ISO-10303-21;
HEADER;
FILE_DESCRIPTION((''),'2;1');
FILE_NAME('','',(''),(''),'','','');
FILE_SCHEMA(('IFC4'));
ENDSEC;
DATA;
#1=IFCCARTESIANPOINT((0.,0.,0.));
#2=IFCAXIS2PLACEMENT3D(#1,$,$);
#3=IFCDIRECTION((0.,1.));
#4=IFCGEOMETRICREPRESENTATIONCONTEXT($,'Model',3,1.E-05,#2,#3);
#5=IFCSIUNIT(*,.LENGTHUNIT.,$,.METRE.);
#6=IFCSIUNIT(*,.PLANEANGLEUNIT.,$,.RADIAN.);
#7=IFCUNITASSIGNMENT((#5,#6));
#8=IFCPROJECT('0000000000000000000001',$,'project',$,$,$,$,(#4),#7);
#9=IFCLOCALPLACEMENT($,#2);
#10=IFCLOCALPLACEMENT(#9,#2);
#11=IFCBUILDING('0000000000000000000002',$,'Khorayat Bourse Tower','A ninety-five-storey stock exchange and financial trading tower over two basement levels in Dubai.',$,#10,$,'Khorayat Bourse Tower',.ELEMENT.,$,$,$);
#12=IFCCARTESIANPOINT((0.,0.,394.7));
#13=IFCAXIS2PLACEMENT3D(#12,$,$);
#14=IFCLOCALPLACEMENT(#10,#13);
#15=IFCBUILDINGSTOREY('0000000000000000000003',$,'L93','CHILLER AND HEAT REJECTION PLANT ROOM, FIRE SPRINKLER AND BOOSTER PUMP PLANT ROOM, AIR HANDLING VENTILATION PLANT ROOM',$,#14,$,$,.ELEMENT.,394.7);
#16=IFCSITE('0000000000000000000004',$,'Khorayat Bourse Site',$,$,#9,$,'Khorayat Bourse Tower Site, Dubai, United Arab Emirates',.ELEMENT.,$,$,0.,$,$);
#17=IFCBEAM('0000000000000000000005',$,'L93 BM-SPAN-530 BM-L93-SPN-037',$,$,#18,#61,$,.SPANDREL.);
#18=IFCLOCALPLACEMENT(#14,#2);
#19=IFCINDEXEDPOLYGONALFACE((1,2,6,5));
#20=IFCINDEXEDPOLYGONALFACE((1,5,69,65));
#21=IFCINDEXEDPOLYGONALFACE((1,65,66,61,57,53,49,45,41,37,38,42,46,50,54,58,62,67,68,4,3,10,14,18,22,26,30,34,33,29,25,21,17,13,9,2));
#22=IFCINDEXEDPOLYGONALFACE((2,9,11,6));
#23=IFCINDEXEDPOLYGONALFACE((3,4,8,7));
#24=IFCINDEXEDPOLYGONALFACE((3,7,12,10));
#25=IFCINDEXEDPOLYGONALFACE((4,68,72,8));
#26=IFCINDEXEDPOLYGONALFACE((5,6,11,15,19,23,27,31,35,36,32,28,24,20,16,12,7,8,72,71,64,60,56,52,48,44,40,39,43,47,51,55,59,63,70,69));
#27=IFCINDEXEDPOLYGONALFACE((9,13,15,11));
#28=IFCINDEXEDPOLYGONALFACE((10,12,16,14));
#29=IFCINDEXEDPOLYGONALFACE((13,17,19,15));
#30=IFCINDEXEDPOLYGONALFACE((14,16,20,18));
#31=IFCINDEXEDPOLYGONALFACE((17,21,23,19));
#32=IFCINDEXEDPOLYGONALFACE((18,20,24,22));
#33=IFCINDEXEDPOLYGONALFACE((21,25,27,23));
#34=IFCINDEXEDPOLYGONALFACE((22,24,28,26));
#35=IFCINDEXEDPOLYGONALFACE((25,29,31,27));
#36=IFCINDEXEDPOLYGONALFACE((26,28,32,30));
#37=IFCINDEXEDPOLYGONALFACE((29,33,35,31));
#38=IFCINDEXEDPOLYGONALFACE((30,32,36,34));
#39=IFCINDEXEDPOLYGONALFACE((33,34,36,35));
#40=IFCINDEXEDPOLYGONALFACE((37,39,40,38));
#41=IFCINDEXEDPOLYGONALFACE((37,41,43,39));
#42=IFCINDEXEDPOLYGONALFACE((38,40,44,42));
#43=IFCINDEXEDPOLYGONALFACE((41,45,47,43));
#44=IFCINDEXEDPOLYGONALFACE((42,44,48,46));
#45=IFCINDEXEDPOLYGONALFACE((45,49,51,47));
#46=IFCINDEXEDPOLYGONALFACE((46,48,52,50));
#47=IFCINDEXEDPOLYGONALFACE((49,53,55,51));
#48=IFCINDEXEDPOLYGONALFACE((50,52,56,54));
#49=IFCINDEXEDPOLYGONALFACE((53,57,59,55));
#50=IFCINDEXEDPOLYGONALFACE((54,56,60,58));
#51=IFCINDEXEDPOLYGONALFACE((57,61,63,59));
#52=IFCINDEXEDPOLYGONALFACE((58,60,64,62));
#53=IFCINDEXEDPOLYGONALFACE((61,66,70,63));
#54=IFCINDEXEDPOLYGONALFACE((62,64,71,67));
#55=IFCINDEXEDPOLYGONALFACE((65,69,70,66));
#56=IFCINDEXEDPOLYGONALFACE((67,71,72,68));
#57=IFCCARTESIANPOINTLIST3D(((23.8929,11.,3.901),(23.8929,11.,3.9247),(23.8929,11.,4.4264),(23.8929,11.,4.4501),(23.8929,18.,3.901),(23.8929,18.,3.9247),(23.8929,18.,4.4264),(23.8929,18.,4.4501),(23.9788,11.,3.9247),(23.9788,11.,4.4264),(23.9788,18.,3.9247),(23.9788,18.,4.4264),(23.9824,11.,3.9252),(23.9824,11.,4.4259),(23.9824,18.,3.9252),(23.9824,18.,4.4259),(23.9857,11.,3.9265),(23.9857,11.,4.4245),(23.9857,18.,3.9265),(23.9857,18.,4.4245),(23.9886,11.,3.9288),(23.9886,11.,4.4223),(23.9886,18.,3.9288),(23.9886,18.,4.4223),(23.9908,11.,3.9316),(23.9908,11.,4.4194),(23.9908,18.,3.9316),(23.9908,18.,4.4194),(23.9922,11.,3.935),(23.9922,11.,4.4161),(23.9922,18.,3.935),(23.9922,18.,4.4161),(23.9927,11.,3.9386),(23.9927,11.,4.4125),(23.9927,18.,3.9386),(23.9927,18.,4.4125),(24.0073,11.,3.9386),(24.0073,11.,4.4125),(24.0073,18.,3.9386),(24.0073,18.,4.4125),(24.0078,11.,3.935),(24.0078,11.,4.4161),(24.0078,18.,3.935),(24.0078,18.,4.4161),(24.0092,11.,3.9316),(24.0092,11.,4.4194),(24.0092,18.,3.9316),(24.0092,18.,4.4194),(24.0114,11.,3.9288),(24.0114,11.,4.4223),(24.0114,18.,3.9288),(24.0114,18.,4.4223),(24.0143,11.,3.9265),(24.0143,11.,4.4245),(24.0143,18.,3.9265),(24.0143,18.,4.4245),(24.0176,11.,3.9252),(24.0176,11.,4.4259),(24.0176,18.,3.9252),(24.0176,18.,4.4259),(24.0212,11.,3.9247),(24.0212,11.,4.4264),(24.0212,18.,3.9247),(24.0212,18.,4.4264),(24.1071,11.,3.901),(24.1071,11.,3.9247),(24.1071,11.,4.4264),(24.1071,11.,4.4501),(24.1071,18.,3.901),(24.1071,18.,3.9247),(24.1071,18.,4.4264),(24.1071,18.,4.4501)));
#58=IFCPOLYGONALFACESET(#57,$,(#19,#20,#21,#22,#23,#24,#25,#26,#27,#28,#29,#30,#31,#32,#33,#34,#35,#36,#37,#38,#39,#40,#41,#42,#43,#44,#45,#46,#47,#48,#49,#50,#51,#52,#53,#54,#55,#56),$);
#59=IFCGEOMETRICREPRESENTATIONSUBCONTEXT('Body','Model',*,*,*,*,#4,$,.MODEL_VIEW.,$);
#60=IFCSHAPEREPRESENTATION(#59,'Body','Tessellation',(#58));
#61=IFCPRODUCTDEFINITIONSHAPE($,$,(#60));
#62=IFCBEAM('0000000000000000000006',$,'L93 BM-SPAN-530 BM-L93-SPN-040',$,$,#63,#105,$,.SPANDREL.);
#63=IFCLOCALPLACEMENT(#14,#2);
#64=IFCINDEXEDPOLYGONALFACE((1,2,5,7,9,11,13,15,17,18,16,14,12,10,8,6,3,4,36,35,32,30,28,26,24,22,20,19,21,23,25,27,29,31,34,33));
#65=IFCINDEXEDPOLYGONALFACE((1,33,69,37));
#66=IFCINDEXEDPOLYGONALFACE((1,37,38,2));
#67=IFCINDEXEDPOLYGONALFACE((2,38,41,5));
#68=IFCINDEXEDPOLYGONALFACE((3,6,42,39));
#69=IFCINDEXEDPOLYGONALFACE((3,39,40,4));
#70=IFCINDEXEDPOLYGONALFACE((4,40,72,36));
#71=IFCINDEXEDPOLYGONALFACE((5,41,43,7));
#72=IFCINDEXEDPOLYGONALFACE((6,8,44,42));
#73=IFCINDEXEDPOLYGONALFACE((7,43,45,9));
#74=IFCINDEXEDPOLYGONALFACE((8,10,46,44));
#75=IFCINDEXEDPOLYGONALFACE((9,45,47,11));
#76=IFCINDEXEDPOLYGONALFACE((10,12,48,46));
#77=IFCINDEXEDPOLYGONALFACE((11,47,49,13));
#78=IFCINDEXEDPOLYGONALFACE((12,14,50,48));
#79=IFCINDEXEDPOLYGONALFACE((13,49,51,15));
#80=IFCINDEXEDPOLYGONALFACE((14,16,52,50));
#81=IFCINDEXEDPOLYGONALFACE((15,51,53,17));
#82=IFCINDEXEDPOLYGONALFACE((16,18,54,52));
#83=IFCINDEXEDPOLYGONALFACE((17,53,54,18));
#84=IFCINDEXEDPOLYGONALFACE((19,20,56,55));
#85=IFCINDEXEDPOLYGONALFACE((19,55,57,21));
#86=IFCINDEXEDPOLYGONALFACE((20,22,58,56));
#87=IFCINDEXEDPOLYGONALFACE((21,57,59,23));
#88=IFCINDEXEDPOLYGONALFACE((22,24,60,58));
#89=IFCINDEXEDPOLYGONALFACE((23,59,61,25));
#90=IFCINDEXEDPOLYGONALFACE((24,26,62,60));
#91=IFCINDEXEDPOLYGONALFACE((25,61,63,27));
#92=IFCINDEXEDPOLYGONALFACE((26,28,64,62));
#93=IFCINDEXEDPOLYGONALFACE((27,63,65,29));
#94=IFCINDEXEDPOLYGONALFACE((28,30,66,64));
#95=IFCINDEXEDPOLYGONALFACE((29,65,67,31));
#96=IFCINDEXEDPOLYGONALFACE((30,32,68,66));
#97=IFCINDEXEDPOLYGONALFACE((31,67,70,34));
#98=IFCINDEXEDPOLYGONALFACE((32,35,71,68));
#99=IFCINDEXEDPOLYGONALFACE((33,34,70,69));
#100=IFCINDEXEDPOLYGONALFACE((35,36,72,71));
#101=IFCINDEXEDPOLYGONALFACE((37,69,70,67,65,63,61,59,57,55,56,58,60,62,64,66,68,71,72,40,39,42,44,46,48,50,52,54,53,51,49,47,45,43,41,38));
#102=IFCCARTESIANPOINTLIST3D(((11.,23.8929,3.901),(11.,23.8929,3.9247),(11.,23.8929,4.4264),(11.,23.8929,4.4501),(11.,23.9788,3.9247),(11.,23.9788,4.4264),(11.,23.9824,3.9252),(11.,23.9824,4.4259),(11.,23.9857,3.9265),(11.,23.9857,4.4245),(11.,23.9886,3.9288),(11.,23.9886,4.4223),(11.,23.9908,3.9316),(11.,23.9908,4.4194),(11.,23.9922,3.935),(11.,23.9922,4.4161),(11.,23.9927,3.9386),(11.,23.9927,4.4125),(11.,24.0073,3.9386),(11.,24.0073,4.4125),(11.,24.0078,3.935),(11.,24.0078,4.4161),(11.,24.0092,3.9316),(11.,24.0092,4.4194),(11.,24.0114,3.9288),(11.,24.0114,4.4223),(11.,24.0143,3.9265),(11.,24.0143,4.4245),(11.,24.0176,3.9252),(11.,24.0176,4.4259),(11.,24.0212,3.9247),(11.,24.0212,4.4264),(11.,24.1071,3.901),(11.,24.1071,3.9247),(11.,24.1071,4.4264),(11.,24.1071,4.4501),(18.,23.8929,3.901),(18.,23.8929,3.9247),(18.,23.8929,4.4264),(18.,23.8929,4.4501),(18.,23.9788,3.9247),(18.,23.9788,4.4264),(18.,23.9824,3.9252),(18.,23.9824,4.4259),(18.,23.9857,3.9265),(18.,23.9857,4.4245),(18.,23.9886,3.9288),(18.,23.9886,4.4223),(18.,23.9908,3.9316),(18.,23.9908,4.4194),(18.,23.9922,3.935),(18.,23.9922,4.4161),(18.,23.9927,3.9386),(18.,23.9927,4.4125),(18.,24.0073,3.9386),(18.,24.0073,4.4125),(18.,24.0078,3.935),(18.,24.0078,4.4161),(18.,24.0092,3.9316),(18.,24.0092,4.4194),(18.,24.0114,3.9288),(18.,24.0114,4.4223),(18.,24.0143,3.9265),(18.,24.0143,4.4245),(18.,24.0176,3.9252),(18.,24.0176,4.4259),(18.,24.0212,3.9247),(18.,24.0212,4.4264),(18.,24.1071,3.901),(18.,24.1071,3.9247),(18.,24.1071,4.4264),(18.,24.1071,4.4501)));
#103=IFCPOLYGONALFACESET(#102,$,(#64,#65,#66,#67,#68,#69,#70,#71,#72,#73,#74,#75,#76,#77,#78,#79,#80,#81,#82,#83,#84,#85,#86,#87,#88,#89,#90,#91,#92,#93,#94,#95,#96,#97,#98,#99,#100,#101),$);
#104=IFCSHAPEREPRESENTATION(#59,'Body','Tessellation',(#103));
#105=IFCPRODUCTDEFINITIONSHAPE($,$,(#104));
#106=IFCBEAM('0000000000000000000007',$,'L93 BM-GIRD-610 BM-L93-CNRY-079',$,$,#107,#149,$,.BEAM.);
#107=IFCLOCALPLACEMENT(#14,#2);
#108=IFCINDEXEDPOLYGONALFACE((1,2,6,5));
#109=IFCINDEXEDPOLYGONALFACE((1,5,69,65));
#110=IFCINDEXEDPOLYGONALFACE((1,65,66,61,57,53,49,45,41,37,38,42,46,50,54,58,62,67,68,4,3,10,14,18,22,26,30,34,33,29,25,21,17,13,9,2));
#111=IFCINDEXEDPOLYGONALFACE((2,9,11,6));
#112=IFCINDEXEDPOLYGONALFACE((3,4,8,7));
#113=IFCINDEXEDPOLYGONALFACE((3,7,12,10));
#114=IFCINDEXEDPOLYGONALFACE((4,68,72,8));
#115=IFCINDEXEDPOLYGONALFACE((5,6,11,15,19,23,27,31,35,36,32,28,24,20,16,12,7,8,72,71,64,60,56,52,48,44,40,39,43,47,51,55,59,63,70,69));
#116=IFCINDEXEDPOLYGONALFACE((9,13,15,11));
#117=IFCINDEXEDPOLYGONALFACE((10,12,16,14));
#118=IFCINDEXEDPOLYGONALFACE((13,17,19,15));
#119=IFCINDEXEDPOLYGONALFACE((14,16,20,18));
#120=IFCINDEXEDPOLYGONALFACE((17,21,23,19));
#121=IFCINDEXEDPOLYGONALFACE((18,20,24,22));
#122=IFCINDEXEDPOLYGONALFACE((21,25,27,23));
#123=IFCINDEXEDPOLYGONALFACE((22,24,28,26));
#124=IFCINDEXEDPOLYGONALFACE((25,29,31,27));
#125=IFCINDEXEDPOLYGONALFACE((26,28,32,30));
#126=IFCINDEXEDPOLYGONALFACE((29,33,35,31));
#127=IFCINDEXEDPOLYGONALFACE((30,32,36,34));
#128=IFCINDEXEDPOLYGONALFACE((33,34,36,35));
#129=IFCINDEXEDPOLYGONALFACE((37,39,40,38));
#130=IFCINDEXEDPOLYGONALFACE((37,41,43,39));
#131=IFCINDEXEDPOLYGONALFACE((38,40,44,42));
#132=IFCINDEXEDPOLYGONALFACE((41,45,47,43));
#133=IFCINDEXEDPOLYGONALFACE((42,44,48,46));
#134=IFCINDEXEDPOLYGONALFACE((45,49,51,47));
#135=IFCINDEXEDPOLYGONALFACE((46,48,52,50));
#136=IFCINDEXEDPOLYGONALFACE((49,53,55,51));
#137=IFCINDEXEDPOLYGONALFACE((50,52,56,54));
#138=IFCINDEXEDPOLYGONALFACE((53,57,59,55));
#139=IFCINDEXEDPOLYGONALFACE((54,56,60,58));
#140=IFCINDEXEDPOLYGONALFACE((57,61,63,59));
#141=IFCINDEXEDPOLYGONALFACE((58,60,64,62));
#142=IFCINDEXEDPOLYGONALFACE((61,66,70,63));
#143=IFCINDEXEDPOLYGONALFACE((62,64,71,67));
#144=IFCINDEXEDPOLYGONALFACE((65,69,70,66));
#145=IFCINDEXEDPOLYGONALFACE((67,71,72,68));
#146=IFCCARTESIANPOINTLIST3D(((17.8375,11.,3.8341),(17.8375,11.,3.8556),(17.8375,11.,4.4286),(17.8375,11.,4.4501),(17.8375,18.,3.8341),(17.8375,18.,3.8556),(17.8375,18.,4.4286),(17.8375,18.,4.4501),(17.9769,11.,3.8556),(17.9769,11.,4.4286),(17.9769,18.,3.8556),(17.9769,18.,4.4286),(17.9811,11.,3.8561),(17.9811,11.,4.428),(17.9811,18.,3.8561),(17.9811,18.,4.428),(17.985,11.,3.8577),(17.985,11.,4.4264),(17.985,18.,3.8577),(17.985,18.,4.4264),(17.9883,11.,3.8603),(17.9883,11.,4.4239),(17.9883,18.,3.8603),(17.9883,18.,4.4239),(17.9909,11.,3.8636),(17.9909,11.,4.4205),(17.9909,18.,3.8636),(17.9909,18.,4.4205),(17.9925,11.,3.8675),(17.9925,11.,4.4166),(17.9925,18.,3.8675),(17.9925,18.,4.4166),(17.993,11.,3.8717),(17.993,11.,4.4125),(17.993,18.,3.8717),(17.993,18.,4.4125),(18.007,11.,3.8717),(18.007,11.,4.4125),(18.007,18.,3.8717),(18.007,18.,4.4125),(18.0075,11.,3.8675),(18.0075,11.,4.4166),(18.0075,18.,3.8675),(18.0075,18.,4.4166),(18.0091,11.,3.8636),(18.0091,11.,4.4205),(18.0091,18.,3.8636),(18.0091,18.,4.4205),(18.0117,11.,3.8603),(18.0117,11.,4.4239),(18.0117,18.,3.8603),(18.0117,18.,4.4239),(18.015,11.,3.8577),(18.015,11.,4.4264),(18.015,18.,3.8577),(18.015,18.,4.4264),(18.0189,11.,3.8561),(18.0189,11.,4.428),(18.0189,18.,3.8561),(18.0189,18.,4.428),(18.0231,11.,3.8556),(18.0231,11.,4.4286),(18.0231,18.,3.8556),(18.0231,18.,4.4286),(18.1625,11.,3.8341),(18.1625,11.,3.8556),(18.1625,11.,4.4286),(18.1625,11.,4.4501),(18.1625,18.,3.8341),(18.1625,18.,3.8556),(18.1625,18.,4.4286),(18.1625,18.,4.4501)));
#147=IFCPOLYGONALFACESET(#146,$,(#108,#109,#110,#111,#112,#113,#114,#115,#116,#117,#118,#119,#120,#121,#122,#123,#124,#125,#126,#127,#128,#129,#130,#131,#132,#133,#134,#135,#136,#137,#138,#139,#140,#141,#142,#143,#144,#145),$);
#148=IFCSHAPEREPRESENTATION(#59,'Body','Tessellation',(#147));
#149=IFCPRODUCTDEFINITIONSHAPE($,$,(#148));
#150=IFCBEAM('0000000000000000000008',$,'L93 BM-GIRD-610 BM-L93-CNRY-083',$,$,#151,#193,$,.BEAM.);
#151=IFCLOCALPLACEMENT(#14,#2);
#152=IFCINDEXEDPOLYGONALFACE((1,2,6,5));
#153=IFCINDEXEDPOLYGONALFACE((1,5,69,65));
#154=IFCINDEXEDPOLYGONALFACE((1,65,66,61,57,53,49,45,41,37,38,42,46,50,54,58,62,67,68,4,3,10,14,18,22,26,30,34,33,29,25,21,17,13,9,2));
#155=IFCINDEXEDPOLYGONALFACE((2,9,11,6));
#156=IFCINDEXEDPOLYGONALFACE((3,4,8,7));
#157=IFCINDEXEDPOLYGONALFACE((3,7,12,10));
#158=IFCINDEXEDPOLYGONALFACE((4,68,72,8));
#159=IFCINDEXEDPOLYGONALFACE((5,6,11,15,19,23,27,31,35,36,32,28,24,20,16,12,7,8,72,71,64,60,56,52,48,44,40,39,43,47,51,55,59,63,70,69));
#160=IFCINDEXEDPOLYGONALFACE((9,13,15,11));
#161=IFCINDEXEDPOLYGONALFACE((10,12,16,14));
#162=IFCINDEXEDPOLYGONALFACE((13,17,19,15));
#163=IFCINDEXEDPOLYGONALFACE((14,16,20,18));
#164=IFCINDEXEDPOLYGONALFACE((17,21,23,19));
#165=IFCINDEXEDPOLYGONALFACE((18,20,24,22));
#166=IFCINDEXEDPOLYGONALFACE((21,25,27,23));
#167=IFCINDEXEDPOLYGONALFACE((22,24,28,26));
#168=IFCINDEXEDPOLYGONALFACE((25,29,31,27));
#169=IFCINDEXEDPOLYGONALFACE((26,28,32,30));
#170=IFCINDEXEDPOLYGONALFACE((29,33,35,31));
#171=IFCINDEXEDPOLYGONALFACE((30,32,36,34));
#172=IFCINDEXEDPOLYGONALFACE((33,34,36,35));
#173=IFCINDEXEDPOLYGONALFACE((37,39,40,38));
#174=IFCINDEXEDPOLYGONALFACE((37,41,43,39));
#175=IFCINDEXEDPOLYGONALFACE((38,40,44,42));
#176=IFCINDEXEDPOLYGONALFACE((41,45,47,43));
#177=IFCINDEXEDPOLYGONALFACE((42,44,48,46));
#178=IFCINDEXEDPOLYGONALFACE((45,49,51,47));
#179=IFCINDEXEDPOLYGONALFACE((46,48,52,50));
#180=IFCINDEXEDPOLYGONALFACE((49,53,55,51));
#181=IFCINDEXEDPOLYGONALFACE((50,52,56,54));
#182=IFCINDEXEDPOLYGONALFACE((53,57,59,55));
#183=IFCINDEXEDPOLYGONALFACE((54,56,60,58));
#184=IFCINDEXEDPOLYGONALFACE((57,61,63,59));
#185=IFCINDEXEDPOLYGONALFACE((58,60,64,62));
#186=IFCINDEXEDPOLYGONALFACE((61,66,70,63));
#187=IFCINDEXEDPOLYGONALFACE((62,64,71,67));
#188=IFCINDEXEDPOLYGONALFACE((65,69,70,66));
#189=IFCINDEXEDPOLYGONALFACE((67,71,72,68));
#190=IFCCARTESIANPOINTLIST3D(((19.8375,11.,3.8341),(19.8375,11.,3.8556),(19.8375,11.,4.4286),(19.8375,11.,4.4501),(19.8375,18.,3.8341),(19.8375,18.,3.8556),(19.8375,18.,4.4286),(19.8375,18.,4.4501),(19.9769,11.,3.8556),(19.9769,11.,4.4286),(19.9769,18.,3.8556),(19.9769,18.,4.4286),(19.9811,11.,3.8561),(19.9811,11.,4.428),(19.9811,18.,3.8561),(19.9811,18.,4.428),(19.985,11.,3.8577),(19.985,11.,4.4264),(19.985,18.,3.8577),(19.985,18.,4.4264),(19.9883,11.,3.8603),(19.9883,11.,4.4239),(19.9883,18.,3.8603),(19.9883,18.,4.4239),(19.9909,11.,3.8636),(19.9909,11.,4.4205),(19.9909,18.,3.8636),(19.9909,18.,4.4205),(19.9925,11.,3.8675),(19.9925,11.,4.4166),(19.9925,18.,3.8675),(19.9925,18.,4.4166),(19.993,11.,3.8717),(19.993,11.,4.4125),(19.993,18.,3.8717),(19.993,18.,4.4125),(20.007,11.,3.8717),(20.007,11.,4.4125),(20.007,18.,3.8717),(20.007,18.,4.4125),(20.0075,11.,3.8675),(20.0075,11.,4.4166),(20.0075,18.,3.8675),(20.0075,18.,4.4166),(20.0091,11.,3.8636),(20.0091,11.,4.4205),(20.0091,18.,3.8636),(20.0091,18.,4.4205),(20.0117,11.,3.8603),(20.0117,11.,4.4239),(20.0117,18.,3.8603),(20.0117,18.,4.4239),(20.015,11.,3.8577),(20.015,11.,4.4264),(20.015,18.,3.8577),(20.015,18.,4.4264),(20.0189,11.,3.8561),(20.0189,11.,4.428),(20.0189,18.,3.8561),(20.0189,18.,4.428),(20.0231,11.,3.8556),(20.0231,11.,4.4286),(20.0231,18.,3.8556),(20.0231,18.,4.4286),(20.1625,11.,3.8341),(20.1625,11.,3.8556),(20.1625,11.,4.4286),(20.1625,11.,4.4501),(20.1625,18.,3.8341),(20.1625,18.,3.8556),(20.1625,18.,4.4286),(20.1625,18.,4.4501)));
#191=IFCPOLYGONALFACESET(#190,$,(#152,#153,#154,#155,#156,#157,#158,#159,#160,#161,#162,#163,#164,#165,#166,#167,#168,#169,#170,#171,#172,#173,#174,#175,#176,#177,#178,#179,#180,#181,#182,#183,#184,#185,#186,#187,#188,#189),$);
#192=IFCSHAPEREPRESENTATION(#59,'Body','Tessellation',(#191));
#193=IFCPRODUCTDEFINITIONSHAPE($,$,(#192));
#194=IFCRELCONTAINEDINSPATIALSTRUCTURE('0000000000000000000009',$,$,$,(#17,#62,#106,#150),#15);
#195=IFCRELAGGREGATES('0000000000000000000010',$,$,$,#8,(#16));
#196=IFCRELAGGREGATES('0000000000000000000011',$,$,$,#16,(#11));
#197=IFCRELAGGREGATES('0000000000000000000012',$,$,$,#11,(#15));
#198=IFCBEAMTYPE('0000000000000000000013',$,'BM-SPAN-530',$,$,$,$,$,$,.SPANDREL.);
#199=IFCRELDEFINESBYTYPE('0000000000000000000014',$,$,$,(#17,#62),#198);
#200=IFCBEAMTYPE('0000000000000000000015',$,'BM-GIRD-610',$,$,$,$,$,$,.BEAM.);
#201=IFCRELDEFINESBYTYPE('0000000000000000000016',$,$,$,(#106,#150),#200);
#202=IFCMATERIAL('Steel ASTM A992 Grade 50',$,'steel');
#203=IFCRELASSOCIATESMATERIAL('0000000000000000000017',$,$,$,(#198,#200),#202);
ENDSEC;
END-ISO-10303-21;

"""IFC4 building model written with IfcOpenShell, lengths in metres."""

from ifc_helpers import new_model, si_unit, direction, frame, origin, origin_2d, place, context, subcontext, project, spatial, i_section, extrude, source, transform, mapped, material, material_profile, profile_set, type_object, element, save


model = new_model("IFC4")

# Units and contexts
model_context = context("Model", 3, precision=1e-05, world=origin(), true_north=direction((0.0, 1.0)))
body_context = subcontext(model_context, "Body", "Model", "MODEL_VIEW")
ifc_project = project(units=[si_unit("LENGTHUNIT", "METRE"), si_unit("PLANEANGLEUNIT", "RADIAN")], contexts=[model_context])

# Site, building, storey
site_placement = place(None, origin())
site = spatial("IfcSite", under=ifc_project, at=site_placement, Name="Khorayat Bourse Site", LongName="Khorayat Bourse Tower Site, Dubai, United Arab Emirates", CompositionType="ELEMENT", RefElevation=0.0)
building_placement = place(site_placement, origin())
building = spatial("IfcBuilding", under=site, at=building_placement, Name="Khorayat Bourse Tower", Description="A ninety-five-storey stock exchange and financial trading tower over two basement levels in Dubai.", LongName="Khorayat Bourse Tower", CompositionType="ELEMENT")
storey_placement = place(building_placement, frame((0.0, 0.0, 394.7)))
storey = spatial("IfcBuildingStorey", under=building, at=storey_placement, Name="L93", Description="CHILLER AND HEAT REJECTION PLANT ROOM, FIRE SPRINKLER AND BOOSTER PUMP PLANT ROOM, AIR HANDLING VENTILATION PLANT ROOM", CompositionType="ELEMENT", Elevation=394.7)

# Beams
ifc_material_1 = material(Name="Steel ASTM A992 Grade 50", Category="steel")
ifc_material_profile_1 = material_profile(ifc_material_1, i_section(OverallWidth=0.2141, OverallDepth=0.5491, WebThickness=0.0146, FlangeThickness=0.0237, FilletRadius=0.0139, at=origin_2d()), Name="W530X138")
ifc_profile_set_1 = profile_set([ifc_material_profile_1], Name="Steel ASTM A992 Grade 50")
beam_type_1 = type_object("IfcBeamType", Name="BM-SPAN-530", PredefinedType="SPANDREL", material=ifc_profile_set_1)
shared_shape_1 = source(origin(), body_context, "Body", "SweptSolid", [
    extrude(i_section(OverallWidth=0.2141, OverallDepth=0.5491, WebThickness=0.0146, FlangeThickness=0.0237, FilletRadius=0.0139, at=origin_2d()), origin(), (0.0, 0.0, 1.0), 7.0),
])
for number, where, z_axis, x_axis, name in (
    (1, (24.0, 11.0, 4.1755), (0.0, 1.0, 0.0), (-1.0, 0.0, 0.0), "L93 BM-SPAN-530 BM-L93-SPN-037"),
    (2, (11.0, 24.0, 4.1755), (1.0, 0.0, 0.0), (0.0, 1.0, 0.0), "L93 BM-SPAN-530 BM-L93-SPN-040"),
):
    element("IfcBeam", number, at=place(storey_placement, frame(where, z_axis=z_axis, x_axis=x_axis)), inside=storey, type_object=beam_type_1, Name=name, PredefinedType="SPANDREL", context=body_context, shape_type="MappedRepresentation", body=[
        mapped(shared_shape_1, transform((0.0, 0.0, 0.0), scale=1.0)),
    ])
ifc_material_profile_2 = material_profile(ifc_material_1, i_section(OverallWidth=0.325, OverallDepth=0.616, WebThickness=0.0139, FlangeThickness=0.0215, FilletRadius=0.0161, at=origin_2d()), Name="W610X174")
ifc_profile_set_2 = profile_set([ifc_material_profile_2], Name="Steel ASTM A992 Grade 50")
beam_type_2 = type_object("IfcBeamType", Name="BM-GIRD-610", PredefinedType="BEAM", material=ifc_profile_set_2)
shared_shape_2 = source(origin(), body_context, "Body", "SweptSolid", [
    extrude(i_section(OverallWidth=0.325, OverallDepth=0.616, WebThickness=0.0139, FlangeThickness=0.0215, FilletRadius=0.0161, at=origin_2d()), origin(), (0.0, 0.0, 1.0), 7.0),
])
for number, where, z_axis, x_axis, name in (
    (3, (18.0, 11.0, 4.1421), (0.0, 1.0, 0.0), (-1.0, 0.0, 0.0), "L93 BM-GIRD-610 BM-L93-CNRY-079"),
    (4, (20.0, 11.0, 4.1421), (0.0, 1.0, 0.0), (-1.0, 0.0, 0.0), "L93 BM-GIRD-610 BM-L93-CNRY-083"),
):
    element("IfcBeam", number, at=place(storey_placement, frame(where, z_axis=z_axis, x_axis=x_axis)), inside=storey, type_object=beam_type_2, Name=name, PredefinedType="BEAM", context=body_context, shape_type="MappedRepresentation", body=[
        mapped(shared_shape_2, transform((0.0, 0.0, 0.0), scale=1.0)),
    ])

save(model, "model.ifc")
